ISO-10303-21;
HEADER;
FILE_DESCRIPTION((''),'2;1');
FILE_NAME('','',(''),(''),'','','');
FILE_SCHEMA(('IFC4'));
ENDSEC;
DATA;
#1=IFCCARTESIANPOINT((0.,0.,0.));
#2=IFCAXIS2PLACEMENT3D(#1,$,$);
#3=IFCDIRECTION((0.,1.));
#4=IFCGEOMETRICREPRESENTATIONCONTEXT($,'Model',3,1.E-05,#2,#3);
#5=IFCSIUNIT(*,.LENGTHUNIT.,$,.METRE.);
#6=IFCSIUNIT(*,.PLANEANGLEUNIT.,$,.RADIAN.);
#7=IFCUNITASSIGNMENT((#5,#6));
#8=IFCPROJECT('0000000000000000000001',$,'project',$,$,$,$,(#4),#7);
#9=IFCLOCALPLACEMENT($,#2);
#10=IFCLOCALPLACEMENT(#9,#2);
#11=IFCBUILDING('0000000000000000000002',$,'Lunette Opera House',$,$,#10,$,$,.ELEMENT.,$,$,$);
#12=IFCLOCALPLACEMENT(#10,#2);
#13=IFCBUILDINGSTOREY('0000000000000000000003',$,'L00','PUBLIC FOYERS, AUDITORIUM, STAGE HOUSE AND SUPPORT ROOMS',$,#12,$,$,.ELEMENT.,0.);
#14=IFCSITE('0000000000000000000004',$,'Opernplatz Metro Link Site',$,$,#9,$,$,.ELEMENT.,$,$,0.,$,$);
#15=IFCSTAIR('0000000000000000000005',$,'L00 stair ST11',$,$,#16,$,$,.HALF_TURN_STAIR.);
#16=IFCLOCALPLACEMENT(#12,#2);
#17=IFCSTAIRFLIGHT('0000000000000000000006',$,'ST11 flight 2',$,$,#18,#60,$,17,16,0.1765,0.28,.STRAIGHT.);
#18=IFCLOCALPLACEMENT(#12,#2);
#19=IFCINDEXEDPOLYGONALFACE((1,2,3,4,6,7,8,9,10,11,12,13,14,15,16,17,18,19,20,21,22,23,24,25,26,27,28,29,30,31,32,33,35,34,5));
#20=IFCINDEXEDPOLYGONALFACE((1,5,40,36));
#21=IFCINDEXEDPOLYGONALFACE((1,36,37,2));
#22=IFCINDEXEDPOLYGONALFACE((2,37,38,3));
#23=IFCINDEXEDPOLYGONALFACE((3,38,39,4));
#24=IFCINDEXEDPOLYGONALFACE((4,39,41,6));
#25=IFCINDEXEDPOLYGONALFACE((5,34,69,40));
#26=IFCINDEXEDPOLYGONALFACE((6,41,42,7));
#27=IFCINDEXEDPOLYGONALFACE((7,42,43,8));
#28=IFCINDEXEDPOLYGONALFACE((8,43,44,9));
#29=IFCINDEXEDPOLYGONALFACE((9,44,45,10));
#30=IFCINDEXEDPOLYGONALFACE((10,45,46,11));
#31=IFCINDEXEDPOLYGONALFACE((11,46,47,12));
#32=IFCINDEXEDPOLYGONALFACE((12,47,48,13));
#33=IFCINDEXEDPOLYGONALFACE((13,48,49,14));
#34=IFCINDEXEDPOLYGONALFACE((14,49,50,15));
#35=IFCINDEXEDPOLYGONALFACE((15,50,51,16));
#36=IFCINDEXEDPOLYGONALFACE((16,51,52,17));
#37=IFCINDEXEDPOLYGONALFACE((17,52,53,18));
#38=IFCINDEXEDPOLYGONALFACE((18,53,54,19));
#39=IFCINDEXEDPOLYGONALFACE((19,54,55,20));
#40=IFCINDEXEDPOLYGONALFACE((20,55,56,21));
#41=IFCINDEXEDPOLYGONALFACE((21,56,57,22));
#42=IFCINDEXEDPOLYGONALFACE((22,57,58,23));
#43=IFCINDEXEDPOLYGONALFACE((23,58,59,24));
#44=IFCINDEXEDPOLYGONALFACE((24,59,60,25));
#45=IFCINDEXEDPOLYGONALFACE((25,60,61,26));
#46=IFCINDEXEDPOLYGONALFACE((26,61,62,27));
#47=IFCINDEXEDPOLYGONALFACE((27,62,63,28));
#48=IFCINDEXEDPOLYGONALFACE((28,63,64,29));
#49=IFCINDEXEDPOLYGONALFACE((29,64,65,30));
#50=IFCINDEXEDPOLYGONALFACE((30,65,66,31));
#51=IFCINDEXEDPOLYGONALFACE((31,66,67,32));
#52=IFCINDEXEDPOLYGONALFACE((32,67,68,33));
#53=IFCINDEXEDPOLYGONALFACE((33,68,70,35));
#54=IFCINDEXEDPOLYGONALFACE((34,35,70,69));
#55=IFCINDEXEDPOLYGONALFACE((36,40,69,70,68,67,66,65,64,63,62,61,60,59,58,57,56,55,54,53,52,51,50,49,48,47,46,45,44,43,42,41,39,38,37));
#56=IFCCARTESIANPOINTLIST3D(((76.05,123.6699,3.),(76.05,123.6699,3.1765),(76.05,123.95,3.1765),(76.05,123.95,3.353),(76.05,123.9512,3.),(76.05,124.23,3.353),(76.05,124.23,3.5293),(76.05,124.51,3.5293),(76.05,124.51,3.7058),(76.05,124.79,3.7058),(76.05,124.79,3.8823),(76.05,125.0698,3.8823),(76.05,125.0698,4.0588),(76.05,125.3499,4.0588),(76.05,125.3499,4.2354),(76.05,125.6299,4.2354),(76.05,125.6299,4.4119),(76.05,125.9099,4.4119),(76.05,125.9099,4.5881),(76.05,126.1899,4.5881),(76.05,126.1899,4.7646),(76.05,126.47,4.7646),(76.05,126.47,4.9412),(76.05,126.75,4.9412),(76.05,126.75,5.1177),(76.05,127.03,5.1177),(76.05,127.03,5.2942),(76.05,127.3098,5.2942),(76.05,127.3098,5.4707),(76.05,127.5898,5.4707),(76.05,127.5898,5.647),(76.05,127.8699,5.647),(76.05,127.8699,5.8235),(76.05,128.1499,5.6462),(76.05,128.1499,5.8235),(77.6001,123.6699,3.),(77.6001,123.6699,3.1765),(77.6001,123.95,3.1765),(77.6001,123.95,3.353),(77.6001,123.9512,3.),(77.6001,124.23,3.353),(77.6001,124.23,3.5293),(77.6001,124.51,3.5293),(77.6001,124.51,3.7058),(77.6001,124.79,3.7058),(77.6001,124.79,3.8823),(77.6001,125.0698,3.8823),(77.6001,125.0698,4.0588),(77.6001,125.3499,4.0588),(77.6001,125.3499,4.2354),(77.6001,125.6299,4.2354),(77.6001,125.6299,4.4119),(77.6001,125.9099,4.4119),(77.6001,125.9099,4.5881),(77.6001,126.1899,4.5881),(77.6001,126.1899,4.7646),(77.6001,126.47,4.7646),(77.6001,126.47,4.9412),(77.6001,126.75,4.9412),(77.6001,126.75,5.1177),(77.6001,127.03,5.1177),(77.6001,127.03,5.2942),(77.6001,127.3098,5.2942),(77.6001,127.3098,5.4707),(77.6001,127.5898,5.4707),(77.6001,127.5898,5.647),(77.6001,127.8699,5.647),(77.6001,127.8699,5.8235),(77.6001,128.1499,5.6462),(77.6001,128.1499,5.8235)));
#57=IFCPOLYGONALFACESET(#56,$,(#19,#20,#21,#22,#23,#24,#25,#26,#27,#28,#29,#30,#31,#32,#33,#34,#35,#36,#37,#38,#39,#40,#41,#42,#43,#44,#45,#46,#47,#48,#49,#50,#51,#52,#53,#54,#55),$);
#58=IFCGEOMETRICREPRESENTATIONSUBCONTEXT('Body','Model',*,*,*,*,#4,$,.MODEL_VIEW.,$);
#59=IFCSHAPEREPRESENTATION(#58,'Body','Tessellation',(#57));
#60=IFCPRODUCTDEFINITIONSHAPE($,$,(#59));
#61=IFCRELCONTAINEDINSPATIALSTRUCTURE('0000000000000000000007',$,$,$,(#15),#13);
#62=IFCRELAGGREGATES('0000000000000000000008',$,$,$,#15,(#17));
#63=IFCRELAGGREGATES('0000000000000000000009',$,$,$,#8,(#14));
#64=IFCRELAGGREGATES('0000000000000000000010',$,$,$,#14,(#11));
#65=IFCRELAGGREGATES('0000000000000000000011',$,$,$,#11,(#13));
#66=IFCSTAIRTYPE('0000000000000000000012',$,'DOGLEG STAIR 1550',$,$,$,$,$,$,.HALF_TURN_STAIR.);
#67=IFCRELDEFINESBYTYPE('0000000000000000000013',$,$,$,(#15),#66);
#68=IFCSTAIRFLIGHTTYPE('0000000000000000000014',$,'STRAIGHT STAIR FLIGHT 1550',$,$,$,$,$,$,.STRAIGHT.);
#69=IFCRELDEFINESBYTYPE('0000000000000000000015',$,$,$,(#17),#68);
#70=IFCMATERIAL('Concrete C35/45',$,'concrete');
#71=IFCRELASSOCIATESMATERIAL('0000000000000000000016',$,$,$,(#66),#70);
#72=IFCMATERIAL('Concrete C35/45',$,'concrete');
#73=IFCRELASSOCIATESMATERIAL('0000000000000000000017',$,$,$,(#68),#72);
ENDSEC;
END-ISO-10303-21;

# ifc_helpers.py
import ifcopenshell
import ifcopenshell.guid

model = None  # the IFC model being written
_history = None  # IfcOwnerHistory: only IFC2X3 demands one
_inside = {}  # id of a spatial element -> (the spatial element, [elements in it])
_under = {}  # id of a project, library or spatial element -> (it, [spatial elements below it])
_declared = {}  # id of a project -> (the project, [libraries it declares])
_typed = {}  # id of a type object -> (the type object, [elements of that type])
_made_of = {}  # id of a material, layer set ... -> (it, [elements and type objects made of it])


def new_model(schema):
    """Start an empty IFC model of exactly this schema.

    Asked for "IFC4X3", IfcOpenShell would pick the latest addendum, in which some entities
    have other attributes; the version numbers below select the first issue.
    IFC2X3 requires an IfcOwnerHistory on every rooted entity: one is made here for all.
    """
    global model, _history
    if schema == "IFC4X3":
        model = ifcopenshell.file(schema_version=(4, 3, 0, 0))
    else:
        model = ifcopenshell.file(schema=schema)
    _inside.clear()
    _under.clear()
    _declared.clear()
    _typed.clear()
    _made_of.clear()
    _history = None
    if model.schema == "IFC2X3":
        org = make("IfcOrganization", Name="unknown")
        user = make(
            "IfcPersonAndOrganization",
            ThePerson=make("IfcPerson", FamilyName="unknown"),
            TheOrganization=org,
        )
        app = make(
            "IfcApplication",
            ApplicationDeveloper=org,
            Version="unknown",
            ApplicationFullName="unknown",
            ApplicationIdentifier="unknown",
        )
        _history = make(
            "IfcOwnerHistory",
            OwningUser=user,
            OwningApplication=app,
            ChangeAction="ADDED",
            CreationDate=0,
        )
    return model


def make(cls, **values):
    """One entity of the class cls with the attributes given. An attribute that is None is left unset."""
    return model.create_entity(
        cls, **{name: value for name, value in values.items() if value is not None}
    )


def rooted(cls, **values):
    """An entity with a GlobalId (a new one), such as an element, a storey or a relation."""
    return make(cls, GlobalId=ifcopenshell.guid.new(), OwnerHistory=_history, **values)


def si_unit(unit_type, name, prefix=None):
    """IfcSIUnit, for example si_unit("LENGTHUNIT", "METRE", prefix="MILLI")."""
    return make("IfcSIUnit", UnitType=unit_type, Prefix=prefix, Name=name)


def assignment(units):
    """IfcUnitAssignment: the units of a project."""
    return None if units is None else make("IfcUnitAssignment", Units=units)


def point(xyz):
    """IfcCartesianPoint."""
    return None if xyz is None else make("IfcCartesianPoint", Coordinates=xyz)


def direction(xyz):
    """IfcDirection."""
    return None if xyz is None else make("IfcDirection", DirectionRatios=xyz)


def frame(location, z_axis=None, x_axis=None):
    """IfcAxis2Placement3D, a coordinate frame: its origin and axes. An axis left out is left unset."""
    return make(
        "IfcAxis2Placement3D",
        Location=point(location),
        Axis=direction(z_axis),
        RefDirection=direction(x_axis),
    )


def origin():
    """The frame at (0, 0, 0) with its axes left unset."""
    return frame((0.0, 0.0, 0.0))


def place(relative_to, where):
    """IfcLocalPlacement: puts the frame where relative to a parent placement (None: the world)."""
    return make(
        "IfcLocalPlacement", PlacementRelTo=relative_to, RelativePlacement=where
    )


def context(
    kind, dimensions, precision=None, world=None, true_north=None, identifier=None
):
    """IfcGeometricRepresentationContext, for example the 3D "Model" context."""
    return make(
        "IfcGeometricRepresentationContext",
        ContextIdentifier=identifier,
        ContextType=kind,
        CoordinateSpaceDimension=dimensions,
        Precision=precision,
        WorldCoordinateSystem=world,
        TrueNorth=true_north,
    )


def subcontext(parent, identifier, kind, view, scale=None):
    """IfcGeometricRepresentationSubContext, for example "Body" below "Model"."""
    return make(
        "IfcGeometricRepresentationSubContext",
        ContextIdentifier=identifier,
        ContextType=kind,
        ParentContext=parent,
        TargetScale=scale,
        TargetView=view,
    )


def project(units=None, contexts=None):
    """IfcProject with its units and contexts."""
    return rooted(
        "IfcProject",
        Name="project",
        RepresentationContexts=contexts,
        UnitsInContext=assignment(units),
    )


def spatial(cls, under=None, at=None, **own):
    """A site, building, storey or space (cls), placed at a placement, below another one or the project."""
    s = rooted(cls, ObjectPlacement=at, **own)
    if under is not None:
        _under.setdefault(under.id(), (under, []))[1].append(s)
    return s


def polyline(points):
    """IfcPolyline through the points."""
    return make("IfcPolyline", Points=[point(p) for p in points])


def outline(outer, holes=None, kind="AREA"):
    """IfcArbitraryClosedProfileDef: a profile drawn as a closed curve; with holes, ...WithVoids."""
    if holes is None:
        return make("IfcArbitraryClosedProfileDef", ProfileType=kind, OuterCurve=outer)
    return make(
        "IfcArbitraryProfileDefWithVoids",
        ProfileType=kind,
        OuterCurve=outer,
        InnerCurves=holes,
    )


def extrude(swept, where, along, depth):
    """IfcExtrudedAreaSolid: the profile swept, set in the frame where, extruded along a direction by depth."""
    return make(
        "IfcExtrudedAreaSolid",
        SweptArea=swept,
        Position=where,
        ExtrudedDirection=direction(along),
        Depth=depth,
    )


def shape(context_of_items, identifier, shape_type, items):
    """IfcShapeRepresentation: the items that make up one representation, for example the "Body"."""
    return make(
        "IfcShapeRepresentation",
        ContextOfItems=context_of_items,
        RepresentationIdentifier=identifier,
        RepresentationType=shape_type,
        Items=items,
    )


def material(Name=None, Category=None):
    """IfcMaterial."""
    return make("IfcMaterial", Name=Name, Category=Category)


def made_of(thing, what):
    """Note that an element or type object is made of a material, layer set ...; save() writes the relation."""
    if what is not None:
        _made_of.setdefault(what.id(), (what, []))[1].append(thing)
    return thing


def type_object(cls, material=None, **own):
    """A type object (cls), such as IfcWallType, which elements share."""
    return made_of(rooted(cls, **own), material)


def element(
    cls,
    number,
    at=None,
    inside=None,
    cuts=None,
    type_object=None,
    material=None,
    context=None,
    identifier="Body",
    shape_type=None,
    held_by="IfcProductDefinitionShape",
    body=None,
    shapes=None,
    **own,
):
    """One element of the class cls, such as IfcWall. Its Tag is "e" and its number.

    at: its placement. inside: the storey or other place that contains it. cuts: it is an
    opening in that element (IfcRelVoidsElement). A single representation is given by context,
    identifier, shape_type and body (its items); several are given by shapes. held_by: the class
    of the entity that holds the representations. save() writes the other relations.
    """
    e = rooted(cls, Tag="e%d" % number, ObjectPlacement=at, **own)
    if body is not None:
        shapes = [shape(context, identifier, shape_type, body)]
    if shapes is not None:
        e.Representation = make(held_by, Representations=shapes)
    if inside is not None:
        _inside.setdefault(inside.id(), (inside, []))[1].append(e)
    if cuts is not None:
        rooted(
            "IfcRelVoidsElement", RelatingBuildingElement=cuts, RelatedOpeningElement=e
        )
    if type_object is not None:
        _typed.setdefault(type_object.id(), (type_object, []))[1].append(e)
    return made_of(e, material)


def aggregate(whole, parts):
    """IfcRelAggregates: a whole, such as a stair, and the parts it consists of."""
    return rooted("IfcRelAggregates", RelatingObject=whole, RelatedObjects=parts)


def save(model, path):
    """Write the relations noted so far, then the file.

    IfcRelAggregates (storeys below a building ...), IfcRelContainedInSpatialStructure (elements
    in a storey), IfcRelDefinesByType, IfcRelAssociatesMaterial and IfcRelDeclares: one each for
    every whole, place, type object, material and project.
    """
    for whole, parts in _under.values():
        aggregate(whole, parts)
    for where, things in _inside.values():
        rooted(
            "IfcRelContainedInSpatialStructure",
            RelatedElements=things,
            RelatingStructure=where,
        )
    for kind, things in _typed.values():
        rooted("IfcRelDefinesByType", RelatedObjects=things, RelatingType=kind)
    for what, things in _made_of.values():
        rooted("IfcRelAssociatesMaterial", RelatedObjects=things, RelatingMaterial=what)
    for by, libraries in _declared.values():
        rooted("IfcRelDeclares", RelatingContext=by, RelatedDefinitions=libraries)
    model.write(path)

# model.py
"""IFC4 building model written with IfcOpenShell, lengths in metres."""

from ifc_helpers import new_model, si_unit, direction, frame, origin, place, context, subcontext, project, spatial, polyline, outline, extrude, material, type_object, element, aggregate, save


model = new_model("IFC4")

# Units and contexts
model_context = context("Model", 3, precision=1e-05, world=origin(), true_north=direction((0.0, 1.0)))
body_context = subcontext(model_context, "Body", "Model", "MODEL_VIEW")
ifc_project = project(units=[si_unit("LENGTHUNIT", "METRE"), si_unit("PLANEANGLEUNIT", "RADIAN")], contexts=[model_context])

# Site, building, storey
site_placement = place(None, origin())
site = spatial("IfcSite", under=ifc_project, at=site_placement, Name="Opernplatz Metro Link Site", CompositionType="ELEMENT", RefElevation=0.0)
building_placement = place(site_placement, origin())
building = spatial("IfcBuilding", under=site, at=building_placement, Name="Lunette Opera House", CompositionType="ELEMENT")
storey_placement = place(building_placement, origin())
storey = spatial("IfcBuildingStorey", under=building, at=storey_placement, Name="L00", Description="PUBLIC FOYERS, AUDITORIUM, STAGE HOUSE AND SUPPORT ROOMS", CompositionType="ELEMENT", Elevation=0.0)

# Stair, stair flight
ifc_material_1 = material(Name="Concrete C35/45", Category="concrete")
stair_type = type_object("IfcStairType", Name="DOGLEG STAIR 1550", PredefinedType="HALF_TURN_STAIR", material=ifc_material_1)
stair_placement = place(storey_placement, origin())
stair = element("IfcStair", 1, at=stair_placement, inside=storey, type_object=stair_type, Name="L00 stair ST11", PredefinedType="HALF_TURN_STAIR")
ifc_material_2 = material(Name="Concrete C35/45", Category="concrete")
stair_flight_type = type_object("IfcStairFlightType", Name="STRAIGHT STAIR FLIGHT 1550", PredefinedType="STRAIGHT", material=ifc_material_2)
stair_flight_placement = place(storey_placement, frame((76.825, 123.6699, 3.0), z_axis=(0.0, 0.0, 1.0), x_axis=(0.0, 1.0, 0.0)))
stair_flight = element("IfcStairFlight", 2, at=stair_flight_placement, type_object=stair_flight_type, Name="ST11 flight 2", NumberOfRisers=17, NumberOfTreads=16, PredefinedType="STRAIGHT", RiserHeight=0.1765, TreadLength=0.28, context=body_context, shape_type="SweptSolid", body=[
    extrude(outline(polyline([(0.0, 0.0), (0.0, 0.1765), (0.28, 0.1765), (0.28, 0.353), (0.5601, 0.353), (0.5601, 0.5293), (0.8401, 0.5293), (0.8401, 0.7058), (1.1201, 0.7058), (1.1201, 0.8823), (1.3999, 0.8823), (1.3999, 1.0588), (1.6799, 1.0588), (1.6799, 1.2354), (1.96, 1.2354), (1.96, 1.4119), (2.24, 1.4119), (2.24, 1.5881), (2.52, 1.5881), (2.52, 1.7646), (2.8, 1.7646), (2.8, 1.9412), (3.0801, 1.9412), (3.0801, 2.1177), (3.3601, 2.1177), (3.3601, 2.2942), (3.6399, 2.2942), (3.6399, 2.4707), (3.9199, 2.4707), (3.9199, 2.647), (4.2, 2.647), (4.2, 2.8235), (4.48, 2.8235), (4.48, 3.0), (4.48, 2.6462), (0.2812, 0.0), (0.0, 0.0)])), frame((0.0, 0.7749, 0.0), z_axis=(0.0, -1.0, 0.0), x_axis=(1.0, 0.0, 0.0)), (0.0, 0.0, 1.0), 1.55),
])
aggregate(stair, [stair_flight])

save(model, "model.ifc")
